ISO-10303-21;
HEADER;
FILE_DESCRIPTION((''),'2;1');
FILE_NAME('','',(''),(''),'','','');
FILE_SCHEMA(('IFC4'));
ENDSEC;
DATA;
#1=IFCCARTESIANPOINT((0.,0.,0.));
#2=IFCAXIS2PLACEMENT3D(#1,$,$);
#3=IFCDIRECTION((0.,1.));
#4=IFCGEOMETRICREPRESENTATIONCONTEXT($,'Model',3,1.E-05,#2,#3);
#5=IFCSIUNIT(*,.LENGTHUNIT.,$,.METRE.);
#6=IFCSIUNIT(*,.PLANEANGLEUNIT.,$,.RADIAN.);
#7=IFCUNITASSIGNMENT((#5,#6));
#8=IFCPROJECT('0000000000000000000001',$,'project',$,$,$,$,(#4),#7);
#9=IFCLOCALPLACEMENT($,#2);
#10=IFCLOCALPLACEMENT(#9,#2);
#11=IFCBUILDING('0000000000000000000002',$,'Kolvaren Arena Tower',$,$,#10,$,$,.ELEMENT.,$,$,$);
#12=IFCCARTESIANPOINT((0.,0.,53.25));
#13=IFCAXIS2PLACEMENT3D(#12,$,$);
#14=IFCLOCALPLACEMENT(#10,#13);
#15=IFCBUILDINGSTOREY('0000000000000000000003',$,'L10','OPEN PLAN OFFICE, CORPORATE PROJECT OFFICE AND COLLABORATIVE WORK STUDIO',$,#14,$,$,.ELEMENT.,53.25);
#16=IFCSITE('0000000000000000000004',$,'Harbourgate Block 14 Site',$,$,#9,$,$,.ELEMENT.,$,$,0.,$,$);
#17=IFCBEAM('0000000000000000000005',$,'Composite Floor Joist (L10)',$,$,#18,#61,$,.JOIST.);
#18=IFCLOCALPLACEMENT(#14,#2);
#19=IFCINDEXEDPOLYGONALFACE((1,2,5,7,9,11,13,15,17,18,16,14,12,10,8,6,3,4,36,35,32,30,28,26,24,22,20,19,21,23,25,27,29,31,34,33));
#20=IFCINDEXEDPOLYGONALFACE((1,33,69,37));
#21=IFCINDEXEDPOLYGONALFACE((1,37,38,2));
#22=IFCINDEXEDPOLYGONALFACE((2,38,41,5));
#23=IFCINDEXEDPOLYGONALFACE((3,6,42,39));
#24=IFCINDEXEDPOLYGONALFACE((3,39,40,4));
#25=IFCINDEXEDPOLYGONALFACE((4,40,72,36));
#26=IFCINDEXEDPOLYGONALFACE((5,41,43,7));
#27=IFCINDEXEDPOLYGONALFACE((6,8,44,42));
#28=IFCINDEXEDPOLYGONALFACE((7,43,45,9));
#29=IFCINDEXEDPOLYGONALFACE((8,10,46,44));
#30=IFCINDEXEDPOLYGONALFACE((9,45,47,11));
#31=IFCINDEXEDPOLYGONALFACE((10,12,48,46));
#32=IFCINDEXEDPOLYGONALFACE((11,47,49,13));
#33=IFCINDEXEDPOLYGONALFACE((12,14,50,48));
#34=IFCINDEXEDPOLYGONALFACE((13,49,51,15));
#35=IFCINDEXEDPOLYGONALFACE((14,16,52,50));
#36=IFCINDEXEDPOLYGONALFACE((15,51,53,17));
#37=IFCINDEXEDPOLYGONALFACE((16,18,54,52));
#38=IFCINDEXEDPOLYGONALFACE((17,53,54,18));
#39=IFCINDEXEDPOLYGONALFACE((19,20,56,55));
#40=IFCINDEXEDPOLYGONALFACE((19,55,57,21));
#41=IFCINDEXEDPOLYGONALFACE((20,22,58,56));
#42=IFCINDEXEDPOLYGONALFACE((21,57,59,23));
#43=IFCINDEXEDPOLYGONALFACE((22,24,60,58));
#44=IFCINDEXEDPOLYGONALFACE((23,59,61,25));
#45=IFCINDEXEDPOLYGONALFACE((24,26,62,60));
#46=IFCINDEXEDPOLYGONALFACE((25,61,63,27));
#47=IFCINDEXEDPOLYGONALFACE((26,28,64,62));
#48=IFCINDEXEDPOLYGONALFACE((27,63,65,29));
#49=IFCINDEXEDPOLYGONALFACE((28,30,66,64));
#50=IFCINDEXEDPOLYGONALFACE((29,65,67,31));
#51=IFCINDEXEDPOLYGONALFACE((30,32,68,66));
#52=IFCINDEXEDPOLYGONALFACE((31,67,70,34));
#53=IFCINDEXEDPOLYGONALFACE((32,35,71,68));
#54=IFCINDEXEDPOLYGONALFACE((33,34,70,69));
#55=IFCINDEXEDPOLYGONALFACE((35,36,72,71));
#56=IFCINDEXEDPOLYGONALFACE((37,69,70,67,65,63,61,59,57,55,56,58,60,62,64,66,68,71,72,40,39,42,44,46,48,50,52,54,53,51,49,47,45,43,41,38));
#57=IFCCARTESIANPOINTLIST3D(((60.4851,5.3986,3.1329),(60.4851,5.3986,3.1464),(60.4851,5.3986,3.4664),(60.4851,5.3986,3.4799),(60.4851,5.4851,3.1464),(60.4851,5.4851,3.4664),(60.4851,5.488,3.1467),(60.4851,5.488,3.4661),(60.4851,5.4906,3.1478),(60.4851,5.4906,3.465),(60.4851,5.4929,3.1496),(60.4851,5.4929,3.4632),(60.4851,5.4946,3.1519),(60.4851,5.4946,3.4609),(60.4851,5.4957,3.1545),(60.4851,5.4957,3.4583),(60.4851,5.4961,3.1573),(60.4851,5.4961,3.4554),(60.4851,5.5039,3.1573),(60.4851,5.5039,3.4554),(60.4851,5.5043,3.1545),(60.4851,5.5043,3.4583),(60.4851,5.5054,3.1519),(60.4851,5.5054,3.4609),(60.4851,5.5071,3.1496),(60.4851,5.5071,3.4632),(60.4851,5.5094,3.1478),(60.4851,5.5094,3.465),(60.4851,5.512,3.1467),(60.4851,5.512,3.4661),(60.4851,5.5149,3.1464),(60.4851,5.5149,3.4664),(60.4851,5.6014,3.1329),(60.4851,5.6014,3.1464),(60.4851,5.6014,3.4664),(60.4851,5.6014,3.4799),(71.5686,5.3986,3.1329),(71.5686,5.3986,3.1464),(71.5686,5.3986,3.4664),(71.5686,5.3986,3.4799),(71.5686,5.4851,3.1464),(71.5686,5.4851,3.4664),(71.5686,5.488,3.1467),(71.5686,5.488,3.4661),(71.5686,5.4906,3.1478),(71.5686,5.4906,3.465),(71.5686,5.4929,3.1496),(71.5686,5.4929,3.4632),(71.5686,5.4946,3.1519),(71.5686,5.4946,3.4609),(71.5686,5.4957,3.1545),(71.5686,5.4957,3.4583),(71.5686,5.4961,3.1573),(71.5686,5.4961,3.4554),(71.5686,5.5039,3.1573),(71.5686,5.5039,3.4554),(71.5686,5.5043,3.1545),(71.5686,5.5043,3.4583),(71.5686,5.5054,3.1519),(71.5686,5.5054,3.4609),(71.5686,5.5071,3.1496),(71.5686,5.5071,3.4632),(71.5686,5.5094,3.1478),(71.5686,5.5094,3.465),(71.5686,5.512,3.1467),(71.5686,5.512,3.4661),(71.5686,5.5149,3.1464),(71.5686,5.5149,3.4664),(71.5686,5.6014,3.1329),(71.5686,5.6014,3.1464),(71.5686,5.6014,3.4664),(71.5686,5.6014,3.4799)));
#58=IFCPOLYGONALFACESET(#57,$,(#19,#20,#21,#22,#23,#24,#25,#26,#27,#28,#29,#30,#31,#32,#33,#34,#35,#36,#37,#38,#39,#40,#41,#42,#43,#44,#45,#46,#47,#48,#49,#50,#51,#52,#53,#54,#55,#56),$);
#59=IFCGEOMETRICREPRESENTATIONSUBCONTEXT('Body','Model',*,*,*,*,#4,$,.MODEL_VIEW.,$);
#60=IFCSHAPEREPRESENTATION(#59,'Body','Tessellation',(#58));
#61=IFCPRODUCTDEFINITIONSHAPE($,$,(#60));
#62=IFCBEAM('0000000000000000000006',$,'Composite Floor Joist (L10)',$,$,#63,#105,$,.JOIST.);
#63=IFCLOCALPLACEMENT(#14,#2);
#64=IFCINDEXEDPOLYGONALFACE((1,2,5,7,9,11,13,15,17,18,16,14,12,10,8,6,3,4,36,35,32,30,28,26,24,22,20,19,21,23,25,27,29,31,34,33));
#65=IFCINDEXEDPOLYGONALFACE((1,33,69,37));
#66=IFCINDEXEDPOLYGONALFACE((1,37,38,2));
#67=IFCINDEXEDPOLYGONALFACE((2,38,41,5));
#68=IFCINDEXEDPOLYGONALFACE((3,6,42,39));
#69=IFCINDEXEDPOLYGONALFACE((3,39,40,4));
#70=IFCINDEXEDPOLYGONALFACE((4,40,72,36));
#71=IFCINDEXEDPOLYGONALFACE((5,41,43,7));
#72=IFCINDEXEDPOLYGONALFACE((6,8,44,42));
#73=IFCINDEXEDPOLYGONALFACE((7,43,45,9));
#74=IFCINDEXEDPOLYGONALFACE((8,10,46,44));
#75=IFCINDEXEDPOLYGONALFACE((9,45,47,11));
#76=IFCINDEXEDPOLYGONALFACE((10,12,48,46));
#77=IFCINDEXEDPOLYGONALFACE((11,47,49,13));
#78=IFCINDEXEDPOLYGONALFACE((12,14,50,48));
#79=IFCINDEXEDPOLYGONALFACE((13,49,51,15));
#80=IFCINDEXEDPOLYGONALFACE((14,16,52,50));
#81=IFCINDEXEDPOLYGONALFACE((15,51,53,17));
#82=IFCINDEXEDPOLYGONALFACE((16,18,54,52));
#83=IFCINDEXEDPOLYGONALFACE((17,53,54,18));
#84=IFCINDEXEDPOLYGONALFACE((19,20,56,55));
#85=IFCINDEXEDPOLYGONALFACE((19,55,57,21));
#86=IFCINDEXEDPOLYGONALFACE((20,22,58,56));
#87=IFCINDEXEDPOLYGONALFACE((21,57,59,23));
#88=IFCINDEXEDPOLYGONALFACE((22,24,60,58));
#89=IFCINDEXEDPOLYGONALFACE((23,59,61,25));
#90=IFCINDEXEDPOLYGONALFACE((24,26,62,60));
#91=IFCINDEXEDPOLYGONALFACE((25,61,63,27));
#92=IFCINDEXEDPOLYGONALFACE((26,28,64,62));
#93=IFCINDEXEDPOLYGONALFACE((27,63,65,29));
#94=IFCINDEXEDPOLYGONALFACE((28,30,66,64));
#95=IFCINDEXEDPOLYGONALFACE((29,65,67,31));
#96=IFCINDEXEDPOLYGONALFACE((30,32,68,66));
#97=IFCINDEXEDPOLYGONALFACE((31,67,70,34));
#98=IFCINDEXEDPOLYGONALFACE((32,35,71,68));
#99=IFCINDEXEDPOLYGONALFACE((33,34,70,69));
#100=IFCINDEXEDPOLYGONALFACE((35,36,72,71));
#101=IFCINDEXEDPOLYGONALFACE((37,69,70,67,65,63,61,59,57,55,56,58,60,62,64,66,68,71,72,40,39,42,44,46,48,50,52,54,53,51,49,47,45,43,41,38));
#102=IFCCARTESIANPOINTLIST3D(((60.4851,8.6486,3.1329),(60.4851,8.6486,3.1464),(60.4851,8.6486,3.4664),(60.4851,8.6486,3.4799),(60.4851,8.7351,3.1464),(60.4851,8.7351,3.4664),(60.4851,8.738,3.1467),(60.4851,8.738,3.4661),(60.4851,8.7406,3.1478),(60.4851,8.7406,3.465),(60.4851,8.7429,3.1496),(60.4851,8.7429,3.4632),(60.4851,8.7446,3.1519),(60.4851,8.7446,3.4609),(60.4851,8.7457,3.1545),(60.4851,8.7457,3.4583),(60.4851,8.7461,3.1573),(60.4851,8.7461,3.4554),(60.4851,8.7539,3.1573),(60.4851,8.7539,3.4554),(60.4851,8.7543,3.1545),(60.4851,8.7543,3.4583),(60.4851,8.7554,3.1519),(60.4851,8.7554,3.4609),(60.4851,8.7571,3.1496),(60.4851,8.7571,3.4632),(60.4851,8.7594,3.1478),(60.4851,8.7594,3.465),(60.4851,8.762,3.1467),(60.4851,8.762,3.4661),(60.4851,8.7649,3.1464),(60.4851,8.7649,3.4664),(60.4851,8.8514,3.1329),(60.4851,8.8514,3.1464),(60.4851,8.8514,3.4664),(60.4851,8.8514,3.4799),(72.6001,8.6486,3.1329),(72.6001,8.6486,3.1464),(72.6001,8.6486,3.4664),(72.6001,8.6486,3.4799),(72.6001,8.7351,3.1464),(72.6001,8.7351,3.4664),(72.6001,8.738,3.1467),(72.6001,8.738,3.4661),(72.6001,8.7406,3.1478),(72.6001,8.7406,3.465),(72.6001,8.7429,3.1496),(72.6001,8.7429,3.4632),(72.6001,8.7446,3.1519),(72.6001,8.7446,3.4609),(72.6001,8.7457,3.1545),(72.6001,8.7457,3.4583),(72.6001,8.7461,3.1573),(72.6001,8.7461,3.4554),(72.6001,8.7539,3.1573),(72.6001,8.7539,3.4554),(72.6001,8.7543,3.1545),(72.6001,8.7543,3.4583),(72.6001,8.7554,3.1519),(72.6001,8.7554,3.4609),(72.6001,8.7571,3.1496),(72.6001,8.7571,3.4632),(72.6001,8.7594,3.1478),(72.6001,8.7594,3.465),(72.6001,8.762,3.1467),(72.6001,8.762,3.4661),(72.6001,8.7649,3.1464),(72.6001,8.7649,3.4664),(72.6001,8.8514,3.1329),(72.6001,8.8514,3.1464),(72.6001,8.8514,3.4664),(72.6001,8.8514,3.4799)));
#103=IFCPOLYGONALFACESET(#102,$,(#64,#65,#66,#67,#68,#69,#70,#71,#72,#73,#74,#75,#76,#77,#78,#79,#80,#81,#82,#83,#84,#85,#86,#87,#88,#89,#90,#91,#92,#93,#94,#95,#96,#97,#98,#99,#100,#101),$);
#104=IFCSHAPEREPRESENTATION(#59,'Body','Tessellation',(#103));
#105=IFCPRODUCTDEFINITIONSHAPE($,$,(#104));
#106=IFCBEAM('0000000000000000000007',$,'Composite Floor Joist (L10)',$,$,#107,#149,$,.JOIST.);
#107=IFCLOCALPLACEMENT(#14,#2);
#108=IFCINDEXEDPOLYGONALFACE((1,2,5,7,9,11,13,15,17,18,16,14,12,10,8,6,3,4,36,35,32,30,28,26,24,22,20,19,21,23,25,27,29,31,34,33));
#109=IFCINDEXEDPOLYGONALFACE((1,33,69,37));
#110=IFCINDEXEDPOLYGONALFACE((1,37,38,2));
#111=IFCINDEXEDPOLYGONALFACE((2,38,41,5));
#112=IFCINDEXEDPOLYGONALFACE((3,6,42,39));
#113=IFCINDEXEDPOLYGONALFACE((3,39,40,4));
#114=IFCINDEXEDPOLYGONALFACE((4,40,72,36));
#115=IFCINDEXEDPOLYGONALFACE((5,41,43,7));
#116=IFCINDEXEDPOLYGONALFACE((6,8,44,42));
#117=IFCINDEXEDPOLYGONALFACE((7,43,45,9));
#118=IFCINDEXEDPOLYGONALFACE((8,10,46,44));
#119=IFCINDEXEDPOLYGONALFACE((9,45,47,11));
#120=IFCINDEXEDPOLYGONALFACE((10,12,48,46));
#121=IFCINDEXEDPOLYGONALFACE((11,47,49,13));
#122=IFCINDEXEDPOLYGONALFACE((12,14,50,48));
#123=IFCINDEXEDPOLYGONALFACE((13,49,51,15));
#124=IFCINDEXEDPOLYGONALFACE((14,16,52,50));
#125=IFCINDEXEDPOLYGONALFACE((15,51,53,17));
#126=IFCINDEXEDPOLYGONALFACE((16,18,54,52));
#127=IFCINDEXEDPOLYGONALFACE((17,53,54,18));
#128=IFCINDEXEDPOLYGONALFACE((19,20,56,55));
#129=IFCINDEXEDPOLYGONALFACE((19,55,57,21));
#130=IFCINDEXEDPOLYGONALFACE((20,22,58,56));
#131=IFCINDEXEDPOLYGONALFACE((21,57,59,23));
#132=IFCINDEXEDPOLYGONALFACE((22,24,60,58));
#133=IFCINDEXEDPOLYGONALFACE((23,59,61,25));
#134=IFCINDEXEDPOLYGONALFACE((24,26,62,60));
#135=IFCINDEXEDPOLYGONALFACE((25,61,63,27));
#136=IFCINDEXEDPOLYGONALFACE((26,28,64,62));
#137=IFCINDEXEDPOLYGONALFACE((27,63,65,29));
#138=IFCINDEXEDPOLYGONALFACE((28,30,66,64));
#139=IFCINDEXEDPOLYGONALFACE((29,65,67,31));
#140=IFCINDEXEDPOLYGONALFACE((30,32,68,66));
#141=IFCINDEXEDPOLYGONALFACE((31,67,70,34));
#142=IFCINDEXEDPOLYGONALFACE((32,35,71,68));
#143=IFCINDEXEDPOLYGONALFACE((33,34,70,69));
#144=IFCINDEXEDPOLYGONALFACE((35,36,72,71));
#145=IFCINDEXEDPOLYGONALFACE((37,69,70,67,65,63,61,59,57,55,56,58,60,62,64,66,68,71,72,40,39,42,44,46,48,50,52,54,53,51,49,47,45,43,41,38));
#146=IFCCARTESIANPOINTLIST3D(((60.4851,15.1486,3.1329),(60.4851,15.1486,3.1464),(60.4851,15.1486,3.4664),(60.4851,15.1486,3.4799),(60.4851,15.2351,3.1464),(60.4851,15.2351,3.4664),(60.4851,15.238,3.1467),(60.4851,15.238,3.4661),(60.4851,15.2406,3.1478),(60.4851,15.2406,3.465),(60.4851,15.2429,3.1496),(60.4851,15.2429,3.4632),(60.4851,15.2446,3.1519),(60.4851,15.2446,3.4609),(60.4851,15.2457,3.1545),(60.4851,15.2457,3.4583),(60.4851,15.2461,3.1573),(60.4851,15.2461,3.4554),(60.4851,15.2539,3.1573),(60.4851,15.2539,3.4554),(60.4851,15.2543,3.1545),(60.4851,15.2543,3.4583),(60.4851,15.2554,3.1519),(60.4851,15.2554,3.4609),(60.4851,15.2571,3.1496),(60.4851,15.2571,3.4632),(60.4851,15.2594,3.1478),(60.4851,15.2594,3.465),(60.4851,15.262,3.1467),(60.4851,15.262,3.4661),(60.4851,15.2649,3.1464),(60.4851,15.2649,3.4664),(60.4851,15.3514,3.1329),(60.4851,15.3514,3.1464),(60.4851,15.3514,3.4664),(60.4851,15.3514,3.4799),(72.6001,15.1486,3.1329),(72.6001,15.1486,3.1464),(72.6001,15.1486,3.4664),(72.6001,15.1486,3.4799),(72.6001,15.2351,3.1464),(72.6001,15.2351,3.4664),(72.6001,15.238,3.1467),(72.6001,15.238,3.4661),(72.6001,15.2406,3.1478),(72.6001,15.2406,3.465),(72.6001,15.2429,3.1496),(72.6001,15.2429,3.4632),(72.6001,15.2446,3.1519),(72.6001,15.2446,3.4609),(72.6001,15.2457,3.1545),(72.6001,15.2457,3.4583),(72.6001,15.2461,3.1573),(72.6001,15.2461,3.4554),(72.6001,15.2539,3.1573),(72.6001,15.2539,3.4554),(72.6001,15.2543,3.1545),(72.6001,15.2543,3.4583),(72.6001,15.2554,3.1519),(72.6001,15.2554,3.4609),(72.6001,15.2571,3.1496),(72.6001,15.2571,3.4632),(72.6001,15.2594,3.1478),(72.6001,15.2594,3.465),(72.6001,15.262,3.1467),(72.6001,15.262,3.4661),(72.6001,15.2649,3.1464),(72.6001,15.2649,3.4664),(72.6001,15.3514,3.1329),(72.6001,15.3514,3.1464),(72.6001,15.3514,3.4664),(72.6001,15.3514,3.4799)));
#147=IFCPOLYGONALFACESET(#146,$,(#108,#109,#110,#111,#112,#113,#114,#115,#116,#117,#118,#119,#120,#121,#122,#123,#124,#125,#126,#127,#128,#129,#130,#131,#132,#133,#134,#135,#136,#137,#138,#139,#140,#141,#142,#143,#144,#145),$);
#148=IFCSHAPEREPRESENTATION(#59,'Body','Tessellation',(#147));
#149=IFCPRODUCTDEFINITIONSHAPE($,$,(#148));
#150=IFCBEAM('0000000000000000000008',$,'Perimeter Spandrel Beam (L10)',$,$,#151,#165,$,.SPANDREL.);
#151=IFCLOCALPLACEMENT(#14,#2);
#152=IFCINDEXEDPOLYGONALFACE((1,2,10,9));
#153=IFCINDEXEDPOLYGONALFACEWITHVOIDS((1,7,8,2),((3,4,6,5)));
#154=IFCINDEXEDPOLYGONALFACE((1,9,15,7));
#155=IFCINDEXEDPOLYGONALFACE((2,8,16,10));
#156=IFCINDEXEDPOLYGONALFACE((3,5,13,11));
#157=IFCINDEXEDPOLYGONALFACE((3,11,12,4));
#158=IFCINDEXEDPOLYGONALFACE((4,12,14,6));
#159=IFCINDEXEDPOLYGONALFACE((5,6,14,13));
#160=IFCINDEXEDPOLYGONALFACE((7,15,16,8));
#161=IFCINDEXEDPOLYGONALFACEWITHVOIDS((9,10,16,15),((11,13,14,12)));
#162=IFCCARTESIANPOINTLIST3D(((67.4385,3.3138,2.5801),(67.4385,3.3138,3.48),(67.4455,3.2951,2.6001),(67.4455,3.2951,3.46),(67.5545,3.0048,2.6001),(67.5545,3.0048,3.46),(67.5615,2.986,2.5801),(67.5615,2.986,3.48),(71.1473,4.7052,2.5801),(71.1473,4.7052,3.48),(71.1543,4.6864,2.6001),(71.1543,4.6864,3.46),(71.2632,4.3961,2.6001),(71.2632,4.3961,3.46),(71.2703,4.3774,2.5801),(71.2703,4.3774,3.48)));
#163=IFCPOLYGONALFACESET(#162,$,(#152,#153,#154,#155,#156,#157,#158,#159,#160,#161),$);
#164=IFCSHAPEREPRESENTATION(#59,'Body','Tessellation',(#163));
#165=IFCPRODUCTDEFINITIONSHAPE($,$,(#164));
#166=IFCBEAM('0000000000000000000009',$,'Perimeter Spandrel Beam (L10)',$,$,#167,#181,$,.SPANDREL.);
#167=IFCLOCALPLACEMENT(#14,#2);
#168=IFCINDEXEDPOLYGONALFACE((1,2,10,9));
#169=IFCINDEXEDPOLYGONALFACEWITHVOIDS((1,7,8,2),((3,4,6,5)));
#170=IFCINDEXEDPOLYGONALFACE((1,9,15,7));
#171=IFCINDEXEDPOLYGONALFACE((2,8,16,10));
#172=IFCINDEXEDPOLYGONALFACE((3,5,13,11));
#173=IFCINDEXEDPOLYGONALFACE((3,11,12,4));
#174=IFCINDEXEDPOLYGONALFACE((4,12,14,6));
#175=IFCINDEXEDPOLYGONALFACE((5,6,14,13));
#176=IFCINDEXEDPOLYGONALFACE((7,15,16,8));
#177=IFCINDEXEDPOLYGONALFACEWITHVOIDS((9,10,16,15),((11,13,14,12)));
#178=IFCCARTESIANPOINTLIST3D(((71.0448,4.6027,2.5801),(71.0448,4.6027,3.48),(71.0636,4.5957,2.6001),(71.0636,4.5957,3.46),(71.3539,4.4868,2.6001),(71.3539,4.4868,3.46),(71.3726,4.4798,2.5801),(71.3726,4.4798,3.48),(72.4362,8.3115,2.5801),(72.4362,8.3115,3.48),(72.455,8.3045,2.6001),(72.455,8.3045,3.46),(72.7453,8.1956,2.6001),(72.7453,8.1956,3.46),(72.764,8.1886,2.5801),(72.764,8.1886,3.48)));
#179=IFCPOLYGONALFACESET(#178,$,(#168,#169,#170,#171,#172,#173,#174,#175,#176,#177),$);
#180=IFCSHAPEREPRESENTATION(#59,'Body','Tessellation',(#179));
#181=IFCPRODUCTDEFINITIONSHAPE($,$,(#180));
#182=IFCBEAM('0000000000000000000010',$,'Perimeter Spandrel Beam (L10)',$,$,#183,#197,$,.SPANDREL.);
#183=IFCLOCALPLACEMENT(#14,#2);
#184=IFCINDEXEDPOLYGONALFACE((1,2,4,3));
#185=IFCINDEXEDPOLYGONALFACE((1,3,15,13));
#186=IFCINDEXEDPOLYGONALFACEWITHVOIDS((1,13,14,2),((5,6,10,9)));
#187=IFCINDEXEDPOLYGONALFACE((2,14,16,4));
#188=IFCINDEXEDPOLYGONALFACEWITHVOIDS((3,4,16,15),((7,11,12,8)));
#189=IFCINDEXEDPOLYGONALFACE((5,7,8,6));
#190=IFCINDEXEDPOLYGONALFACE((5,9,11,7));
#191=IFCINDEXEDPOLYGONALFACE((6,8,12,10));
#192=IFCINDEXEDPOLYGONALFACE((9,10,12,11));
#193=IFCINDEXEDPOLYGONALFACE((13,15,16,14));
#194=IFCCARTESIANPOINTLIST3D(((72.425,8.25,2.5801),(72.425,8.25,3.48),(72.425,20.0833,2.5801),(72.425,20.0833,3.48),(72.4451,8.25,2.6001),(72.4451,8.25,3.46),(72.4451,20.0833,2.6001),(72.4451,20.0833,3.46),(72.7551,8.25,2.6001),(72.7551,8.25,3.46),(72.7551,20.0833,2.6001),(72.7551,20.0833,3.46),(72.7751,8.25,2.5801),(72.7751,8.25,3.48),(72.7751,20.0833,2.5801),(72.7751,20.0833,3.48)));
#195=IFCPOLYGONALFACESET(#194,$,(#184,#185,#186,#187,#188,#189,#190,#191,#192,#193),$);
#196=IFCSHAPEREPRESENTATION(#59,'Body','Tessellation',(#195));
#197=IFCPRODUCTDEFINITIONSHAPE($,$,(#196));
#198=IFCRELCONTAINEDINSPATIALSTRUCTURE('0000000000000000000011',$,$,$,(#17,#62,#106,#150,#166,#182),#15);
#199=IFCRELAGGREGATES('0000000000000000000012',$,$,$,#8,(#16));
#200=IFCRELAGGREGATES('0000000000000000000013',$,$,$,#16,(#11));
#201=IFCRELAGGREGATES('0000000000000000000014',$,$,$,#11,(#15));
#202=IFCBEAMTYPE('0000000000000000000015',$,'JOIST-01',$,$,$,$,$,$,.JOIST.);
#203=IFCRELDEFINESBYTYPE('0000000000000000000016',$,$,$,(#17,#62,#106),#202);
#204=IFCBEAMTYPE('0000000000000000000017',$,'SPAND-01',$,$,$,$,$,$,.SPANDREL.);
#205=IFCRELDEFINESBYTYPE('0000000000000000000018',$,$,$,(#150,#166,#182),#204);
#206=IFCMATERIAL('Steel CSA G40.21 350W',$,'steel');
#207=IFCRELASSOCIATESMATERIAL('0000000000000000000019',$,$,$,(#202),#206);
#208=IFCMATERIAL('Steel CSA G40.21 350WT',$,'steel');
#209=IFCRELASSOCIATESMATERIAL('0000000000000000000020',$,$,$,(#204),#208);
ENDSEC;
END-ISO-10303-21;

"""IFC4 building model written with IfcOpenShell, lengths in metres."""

from ifc_helpers import new_model, si_unit, direction, frame, origin, origin_2d, place, context, subcontext, project, spatial, hollow_rectangle, i_section, extrude, material, material_profile, profile_set, type_object, element, save


model = new_model("IFC4")

# Units and contexts
model_context = context("Model", 3, precision=1e-05, world=origin(), true_north=direction((0.0, 1.0)))
body_context = subcontext(model_context, "Body", "Model", "MODEL_VIEW")
ifc_project = project(units=[si_unit("LENGTHUNIT", "METRE"), si_unit("PLANEANGLEUNIT", "RADIAN")], contexts=[model_context])

# Site, building, storey
site_placement = place(None, origin())
site = spatial("IfcSite", under=ifc_project, at=site_placement, Name="Harbourgate Block 14 Site", CompositionType="ELEMENT", RefElevation=0.0)
building_placement = place(site_placement, origin())
building = spatial("IfcBuilding", under=site, at=building_placement, Name="Kolvaren Arena Tower", CompositionType="ELEMENT")
storey_placement = place(building_placement, frame((0.0, 0.0, 53.25)))
storey = spatial("IfcBuildingStorey", under=building, at=storey_placement, Name="L10", Description="OPEN PLAN OFFICE, CORPORATE PROJECT OFFICE AND COLLABORATIVE WORK STUDIO", CompositionType="ELEMENT", Elevation=53.25)

# Beams
ifc_material_1 = material(Name="Steel CSA G40.21 350W", Category="steel")
ifc_material_profile_1 = material_profile(ifc_material_1, i_section(OverallWidth=0.2029, OverallDepth=0.3469, WebThickness=0.0078, FlangeThickness=0.0134, FilletRadius=0.011, at=origin_2d()), Name="W360x64")
ifc_profile_set_1 = profile_set([ifc_material_profile_1], Name="Steel CSA G40.21 350W")
beam_type_1 = type_object("IfcBeamType", Name="JOIST-01", PredefinedType="JOIST", material=ifc_profile_set_1)
beam_1_placement = place(storey_placement, frame((60.4851, 5.5, 3.3064), z_axis=(1.0, 0.0, 0.0), x_axis=(0.0, 1.0, 0.0)))
element("IfcBeam", 1, at=beam_1_placement, inside=storey, type_object=beam_type_1, Name="Composite Floor Joist (L10)", PredefinedType="JOIST", context=body_context, shape_type="SweptSolid", body=[
    extrude(i_section(OverallWidth=0.2029, OverallDepth=0.3469, WebThickness=0.0078, FlangeThickness=0.0134, FilletRadius=0.011, at=origin_2d()), origin(), (0.0, 0.0, 1.0), 11.0835),
])
for number, where, z_axis, x_axis, name in (
    (2, (60.4851, 8.75, 3.3064), (1.0, 0.0, 0.0), (0.0, 1.0, 0.0), "Composite Floor Joist (L10)"),
    (3, (60.4851, 15.25, 3.3064), (1.0, 0.0, 0.0), (0.0, 1.0, 0.0), "Composite Floor Joist (L10)"),
):
    element("IfcBeam", number, at=place(storey_placement, frame(where, z_axis=z_axis, x_axis=x_axis)), inside=storey, type_object=beam_type_1, Name=name, PredefinedType="JOIST", context=body_context, shape_type="SweptSolid", body=[
        extrude(i_section(OverallWidth=0.2029, OverallDepth=0.3469, WebThickness=0.0078, FlangeThickness=0.0134, FilletRadius=0.011, at=origin_2d()), origin(), (0.0, 0.0, 1.0), 12.115),
    ])
ifc_material_2 = material(Name="Steel CSA G40.21 350WT", Category="steel")
ifc_material_profile_2 = material_profile(ifc_material_2, hollow_rectangle(XDim=0.3501, YDim=0.8999, WallThickness=0.02, at=origin_2d()), Name="HSS 900x350x20")
ifc_profile_set_2 = profile_set([ifc_material_profile_2], Name="Steel CSA G40.21 350WT")
beam_type_2 = type_object("IfcBeamType", Name="SPAND-01", PredefinedType="SPANDREL", material=ifc_profile_set_2)
for number, where, z_axis, x_axis, name in (
    (4, (67.5, 3.1499, 3.03), (0.936281, 0.351252, 0.0), (-0.351252, 0.936281, 0.0), "Perimeter Spandrel Beam (L10)"),
    (5, (71.2087, 4.5413, 3.03), (0.351252, 0.936281, 0.0), (-0.936281, 0.351252, 0.0), "Perimeter Spandrel Beam (L10)"),
):
    element("IfcBeam", number, at=place(storey_placement, frame(where, z_axis=z_axis, x_axis=x_axis)), inside=storey, type_object=beam_type_2, Name=name, PredefinedType="SPANDREL", context=body_context, shape_type="SweptSolid", body=[
        extrude(hollow_rectangle(XDim=0.3501, YDim=0.8999, WallThickness=0.02, at=origin_2d()), origin(), (0.0, 0.0, 1.0), 3.9612),
    ])
beam_2_placement = place(storey_placement, frame((72.6001, 8.25, 3.03), z_axis=(0.0, 1.0, 0.0), x_axis=(-1.0, 0.0, 0.0)))
element("IfcBeam", 6, at=beam_2_placement, inside=storey, type_object=beam_type_2, Name="Perimeter Spandrel Beam (L10)", PredefinedType="SPANDREL", context=body_context, shape_type="SweptSolid", body=[
    extrude(hollow_rectangle(XDim=0.3501, YDim=0.8999, WallThickness=0.02, at=origin_2d()), origin(), (0.0, 0.0, 1.0), 11.8333),
])

save(model, "model.ifc")
